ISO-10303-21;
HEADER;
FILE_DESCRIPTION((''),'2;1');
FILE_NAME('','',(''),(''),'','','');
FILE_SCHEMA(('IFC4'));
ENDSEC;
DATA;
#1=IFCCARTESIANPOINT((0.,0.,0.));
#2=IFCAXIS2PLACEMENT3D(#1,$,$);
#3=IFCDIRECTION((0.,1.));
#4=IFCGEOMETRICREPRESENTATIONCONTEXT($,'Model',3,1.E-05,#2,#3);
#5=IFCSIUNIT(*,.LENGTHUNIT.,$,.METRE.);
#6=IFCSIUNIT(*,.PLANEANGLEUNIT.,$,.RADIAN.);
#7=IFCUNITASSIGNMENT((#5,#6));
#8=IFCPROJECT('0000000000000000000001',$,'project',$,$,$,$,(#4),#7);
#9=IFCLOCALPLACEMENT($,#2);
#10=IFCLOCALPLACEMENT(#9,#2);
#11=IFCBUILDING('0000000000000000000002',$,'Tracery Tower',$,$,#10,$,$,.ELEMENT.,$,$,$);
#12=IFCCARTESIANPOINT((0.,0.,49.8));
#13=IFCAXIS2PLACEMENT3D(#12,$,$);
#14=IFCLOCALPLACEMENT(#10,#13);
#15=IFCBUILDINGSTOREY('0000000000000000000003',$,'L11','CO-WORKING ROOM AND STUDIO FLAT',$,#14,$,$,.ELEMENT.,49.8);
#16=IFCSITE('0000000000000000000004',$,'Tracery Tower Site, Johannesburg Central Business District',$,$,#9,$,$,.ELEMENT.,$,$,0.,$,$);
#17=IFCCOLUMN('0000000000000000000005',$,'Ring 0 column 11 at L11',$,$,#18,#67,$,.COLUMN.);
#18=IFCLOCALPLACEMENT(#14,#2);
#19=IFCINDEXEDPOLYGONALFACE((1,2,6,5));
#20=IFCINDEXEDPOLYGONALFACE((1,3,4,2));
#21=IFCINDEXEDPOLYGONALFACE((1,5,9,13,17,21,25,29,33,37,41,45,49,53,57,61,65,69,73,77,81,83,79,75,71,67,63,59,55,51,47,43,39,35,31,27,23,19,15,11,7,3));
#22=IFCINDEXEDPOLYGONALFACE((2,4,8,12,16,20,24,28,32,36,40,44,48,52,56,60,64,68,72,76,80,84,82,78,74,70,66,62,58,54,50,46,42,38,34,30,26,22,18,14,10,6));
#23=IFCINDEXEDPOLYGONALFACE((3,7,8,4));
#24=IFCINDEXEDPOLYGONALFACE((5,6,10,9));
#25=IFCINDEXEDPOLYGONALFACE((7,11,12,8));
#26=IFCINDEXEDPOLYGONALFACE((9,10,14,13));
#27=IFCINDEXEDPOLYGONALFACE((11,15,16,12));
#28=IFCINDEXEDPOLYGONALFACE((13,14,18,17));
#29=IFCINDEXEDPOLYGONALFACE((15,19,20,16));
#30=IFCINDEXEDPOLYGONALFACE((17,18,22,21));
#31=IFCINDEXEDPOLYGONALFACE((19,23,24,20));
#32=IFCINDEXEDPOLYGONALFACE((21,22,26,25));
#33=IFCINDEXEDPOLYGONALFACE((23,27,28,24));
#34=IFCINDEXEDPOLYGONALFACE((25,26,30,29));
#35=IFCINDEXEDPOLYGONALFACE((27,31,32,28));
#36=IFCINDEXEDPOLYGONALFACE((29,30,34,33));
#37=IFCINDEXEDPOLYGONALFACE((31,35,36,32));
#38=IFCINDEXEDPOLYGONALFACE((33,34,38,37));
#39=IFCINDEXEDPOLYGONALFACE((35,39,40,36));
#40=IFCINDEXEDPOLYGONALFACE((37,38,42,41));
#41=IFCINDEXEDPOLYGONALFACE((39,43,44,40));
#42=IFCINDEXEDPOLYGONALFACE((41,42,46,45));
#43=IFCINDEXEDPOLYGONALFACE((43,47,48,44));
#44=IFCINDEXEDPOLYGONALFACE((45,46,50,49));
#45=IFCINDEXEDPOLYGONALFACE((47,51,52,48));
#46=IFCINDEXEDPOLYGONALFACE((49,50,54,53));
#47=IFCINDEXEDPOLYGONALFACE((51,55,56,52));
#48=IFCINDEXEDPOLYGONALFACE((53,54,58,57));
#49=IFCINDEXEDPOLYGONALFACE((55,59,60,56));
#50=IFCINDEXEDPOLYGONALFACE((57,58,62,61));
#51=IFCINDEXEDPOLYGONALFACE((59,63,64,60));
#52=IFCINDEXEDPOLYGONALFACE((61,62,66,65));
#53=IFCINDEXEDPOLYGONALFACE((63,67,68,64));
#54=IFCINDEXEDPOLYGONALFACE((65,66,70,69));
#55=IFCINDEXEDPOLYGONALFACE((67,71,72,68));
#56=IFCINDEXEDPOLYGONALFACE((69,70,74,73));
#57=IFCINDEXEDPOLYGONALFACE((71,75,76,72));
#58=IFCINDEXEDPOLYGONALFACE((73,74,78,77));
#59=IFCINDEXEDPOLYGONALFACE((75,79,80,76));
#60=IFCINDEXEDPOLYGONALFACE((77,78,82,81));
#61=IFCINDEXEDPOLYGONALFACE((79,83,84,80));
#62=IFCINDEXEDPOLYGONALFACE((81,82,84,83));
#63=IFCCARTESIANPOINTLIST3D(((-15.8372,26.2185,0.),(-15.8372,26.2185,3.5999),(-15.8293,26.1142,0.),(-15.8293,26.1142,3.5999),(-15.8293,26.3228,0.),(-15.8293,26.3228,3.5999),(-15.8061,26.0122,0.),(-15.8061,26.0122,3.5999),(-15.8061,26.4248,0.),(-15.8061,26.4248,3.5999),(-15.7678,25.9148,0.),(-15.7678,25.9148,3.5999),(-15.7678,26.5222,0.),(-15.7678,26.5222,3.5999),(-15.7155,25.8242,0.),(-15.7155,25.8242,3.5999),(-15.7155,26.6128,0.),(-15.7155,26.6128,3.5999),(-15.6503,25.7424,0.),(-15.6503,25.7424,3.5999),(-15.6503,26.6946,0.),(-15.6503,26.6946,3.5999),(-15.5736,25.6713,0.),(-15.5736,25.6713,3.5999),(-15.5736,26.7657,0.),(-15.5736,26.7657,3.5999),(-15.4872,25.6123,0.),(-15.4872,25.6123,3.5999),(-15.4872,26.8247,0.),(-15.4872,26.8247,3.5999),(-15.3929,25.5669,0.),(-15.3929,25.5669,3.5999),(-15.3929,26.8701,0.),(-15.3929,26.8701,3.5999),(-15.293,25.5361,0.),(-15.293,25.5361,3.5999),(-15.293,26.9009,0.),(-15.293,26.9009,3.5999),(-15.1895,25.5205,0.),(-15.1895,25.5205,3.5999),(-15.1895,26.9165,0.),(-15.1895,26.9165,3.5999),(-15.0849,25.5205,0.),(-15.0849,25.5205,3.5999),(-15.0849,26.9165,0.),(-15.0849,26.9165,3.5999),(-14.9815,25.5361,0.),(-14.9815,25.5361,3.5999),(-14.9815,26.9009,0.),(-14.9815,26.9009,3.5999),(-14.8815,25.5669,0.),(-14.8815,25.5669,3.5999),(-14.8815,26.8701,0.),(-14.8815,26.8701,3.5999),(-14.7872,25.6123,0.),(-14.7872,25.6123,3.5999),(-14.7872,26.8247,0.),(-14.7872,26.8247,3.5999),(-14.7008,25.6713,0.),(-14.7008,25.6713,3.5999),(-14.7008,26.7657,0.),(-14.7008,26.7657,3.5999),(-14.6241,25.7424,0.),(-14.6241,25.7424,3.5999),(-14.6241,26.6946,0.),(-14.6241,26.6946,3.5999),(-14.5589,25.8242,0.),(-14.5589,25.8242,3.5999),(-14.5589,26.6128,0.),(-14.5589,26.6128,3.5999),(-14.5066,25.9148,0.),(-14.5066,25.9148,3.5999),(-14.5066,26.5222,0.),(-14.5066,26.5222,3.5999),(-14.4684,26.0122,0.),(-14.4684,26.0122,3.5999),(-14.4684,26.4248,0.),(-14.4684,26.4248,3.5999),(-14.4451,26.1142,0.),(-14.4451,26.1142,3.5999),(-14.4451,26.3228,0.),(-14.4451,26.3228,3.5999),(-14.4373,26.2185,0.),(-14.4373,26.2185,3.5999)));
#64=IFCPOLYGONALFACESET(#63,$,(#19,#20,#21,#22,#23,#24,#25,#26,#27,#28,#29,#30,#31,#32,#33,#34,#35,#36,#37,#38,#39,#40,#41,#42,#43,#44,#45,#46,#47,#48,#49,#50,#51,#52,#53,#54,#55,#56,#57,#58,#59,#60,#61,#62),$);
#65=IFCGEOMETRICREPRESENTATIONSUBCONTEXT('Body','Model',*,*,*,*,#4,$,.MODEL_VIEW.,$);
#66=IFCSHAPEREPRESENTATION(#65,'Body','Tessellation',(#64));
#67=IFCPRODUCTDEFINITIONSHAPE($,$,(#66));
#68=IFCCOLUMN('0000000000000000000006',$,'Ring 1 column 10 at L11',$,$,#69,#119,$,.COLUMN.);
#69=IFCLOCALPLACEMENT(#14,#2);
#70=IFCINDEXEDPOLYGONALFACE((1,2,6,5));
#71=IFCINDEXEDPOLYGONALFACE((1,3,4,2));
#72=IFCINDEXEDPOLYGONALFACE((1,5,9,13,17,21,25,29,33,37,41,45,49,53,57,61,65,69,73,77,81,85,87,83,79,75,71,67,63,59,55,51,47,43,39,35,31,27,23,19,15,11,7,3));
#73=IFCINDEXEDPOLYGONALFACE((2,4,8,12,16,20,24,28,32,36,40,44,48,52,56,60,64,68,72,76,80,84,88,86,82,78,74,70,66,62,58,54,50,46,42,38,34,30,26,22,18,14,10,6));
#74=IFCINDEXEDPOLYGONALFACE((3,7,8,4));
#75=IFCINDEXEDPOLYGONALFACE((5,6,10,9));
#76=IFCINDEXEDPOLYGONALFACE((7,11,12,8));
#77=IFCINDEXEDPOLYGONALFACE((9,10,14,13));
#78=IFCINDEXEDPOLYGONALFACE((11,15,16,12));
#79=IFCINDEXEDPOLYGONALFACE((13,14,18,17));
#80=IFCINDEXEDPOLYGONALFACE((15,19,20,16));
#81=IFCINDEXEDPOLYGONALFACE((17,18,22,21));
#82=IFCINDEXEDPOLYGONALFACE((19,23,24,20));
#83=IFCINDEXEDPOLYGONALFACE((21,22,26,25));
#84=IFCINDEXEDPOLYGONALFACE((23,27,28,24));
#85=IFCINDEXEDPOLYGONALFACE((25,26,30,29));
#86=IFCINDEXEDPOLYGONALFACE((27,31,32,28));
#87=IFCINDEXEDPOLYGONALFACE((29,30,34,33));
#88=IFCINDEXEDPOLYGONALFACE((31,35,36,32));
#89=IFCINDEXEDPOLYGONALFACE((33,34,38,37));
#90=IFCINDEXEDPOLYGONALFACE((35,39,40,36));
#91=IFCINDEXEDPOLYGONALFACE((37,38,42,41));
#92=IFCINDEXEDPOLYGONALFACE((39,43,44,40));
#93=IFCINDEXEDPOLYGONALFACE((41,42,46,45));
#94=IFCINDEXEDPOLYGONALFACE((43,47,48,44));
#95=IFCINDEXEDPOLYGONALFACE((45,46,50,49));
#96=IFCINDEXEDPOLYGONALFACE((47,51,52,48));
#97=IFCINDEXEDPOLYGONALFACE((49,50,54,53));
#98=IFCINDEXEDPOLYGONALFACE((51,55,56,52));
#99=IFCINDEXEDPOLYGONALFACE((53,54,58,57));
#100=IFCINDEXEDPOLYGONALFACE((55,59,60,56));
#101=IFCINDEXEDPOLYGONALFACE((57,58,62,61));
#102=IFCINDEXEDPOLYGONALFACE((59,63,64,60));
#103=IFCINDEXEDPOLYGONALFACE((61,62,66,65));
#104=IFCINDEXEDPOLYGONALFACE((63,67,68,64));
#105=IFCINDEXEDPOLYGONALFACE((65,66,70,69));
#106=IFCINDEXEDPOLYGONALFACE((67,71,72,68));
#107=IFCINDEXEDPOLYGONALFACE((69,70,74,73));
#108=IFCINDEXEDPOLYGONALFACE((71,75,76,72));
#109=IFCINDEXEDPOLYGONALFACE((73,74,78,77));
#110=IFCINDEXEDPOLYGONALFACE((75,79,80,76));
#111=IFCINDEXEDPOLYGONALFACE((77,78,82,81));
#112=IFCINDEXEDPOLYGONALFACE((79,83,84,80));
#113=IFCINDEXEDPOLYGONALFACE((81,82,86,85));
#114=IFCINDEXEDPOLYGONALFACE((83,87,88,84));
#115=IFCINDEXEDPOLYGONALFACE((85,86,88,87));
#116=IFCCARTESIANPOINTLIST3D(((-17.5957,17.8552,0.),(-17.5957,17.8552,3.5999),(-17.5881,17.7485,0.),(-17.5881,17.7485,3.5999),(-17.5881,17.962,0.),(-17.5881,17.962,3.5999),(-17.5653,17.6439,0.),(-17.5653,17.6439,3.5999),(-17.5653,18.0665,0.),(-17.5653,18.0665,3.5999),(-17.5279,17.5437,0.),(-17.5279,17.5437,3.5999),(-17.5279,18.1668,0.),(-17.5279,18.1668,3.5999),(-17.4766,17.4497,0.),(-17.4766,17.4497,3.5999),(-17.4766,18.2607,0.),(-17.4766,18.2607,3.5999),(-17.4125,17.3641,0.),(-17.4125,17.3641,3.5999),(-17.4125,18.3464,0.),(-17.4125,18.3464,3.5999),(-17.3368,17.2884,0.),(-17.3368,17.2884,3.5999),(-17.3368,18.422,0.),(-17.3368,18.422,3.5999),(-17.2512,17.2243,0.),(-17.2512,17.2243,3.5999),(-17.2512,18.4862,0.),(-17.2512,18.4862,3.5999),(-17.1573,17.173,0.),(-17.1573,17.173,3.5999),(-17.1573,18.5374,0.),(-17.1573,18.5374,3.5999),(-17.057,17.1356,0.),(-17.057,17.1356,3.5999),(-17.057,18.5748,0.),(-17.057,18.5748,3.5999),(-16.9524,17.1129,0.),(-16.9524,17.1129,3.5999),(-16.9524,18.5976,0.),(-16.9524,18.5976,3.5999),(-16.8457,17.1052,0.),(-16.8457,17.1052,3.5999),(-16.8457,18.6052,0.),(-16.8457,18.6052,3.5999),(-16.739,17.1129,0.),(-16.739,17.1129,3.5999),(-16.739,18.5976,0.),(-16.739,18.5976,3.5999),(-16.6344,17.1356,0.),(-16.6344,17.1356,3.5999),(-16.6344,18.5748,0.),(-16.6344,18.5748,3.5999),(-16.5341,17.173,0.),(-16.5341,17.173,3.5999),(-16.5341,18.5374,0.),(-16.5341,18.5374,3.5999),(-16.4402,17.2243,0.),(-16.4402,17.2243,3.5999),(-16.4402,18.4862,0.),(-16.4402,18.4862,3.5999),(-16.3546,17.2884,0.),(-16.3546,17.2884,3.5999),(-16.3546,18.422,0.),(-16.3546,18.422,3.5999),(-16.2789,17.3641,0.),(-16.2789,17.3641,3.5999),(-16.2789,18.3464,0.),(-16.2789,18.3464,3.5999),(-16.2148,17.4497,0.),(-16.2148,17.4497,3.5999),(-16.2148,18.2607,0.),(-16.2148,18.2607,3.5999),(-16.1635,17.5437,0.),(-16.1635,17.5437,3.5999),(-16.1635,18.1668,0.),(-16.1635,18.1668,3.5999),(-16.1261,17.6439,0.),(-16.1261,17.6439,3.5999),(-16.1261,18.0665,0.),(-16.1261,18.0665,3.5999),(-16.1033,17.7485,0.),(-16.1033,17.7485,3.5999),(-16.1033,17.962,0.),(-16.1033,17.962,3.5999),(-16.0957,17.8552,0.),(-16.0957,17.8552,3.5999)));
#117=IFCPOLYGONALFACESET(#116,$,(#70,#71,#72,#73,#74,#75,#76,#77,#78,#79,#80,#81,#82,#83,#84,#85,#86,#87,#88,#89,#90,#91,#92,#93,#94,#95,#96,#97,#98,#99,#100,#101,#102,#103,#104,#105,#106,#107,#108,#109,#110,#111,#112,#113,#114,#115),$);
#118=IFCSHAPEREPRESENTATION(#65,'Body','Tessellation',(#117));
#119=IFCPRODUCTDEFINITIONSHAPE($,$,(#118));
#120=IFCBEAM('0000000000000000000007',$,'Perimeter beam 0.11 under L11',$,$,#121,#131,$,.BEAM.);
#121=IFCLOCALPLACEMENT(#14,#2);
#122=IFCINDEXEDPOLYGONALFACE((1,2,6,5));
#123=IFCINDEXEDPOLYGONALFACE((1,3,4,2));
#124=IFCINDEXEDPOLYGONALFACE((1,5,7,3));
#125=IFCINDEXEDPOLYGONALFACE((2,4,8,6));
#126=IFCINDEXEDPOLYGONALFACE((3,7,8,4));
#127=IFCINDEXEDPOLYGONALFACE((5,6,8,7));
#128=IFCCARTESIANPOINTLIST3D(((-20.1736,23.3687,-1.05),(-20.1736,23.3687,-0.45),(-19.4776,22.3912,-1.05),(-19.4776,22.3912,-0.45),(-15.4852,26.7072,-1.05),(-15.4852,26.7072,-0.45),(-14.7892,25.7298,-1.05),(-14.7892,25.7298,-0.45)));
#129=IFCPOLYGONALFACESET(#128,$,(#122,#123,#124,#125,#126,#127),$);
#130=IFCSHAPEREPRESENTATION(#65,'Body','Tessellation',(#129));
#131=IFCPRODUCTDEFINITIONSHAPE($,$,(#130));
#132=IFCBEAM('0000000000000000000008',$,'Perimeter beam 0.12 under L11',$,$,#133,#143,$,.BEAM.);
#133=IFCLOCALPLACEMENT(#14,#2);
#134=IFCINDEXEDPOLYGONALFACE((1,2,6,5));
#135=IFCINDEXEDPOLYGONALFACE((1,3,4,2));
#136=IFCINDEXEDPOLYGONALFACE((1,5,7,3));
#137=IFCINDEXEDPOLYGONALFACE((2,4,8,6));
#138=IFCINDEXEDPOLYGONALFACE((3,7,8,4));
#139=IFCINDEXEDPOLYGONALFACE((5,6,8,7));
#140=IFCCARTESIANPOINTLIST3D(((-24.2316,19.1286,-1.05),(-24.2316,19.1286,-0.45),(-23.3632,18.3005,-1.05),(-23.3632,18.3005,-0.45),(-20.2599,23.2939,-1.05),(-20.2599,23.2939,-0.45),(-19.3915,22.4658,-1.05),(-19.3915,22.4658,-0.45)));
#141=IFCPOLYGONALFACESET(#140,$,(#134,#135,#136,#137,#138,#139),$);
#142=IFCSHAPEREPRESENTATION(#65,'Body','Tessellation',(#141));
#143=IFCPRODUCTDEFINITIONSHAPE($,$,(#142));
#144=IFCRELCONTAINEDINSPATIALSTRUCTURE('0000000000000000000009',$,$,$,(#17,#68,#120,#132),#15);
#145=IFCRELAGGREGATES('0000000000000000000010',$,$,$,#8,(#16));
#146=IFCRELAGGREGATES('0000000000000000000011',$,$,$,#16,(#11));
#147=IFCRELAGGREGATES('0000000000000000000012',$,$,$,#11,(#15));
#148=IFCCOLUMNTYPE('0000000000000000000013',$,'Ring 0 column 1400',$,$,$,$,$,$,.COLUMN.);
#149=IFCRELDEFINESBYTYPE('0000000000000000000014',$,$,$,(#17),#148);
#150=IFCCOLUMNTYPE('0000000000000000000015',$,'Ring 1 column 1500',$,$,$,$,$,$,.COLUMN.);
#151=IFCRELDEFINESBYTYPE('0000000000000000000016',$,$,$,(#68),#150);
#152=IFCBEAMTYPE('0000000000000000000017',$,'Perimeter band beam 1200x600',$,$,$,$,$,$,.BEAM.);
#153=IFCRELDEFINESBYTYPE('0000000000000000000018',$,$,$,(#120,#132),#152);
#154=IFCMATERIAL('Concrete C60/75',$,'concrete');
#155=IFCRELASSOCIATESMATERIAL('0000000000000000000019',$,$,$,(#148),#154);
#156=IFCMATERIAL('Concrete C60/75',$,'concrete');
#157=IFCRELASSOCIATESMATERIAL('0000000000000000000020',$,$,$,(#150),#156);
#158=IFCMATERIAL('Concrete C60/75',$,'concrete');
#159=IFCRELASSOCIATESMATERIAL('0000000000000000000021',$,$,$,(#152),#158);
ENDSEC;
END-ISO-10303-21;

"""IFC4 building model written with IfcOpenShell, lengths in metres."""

from ifc_helpers import new_model, si_unit, direction, frame, origin, origin_2d, place, context, subcontext, project, spatial, rectangle, circle, extrude, material, material_profile, profile_set, type_object, element, save


model = new_model("IFC4")

# Units and contexts
model_context = context("Model", 3, precision=1e-05, world=origin(), true_north=direction((0.0, 1.0)))
body_context = subcontext(model_context, "Body", "Model", "MODEL_VIEW")
ifc_project = project(units=[si_unit("LENGTHUNIT", "METRE"), si_unit("PLANEANGLEUNIT", "RADIAN")], contexts=[model_context])

# Site, building, storey
site_placement = place(None, origin())
site = spatial("IfcSite", under=ifc_project, at=site_placement, Name="Tracery Tower Site, Johannesburg Central Business District", CompositionType="ELEMENT", RefElevation=0.0)
building_placement = place(site_placement, origin())
building = spatial("IfcBuilding", under=site, at=building_placement, Name="Tracery Tower", CompositionType="ELEMENT")
storey_placement = place(building_placement, frame((0.0, 0.0, 49.8)))
storey = spatial("IfcBuildingStorey", under=building, at=storey_placement, Name="L11", Description="CO-WORKING ROOM AND STUDIO FLAT", CompositionType="ELEMENT", Elevation=49.8)

# Columns
ifc_material_1 = material(Name="Concrete C60/75", Category="concrete")
ifc_material_profile_1 = material_profile(ifc_material_1, circle(Radius=0.7, at=origin_2d()), Name="RC D1400")
ifc_profile_set_1 = profile_set([ifc_material_profile_1], Name="Concrete C60/75")
column_type_1 = type_object("IfcColumnType", Name="Ring 0 column 1400", PredefinedType="COLUMN", material=ifc_profile_set_1)
column_1_placement = place(storey_placement, frame((-15.1372, 26.2185, 0.0), z_axis=(0.0, 0.0, 1.0), x_axis=(1.0, 0.0, 0.0)))
element("IfcColumn", 1, at=column_1_placement, inside=storey, type_object=column_type_1, Name="Ring 0 column 11 at L11", PredefinedType="COLUMN", context=body_context, shape_type="SweptSolid", body=[
    extrude(circle(Radius=0.7, at=origin_2d()), origin(), (0.0, 0.0, 1.0), 3.5999),
])
ifc_material_2 = material(Name="Concrete C60/75", Category="concrete")
ifc_material_profile_2 = material_profile(ifc_material_2, circle(Radius=0.75, at=origin_2d()), Name="RC D1500")
ifc_profile_set_2 = profile_set([ifc_material_profile_2], Name="Concrete C60/75")
column_type_2 = type_object("IfcColumnType", Name="Ring 1 column 1500", PredefinedType="COLUMN", material=ifc_profile_set_2)
column_2_placement = place(storey_placement, frame((-16.8457, 17.8552, 0.0), z_axis=(0.0, 0.0, 1.0), x_axis=(1.0, 0.0, 0.0)))
element("IfcColumn", 2, at=column_2_placement, inside=storey, type_object=column_type_2, Name="Ring 1 column 10 at L11", PredefinedType="COLUMN", context=body_context, shape_type="SweptSolid", body=[
    extrude(circle(Radius=0.75, at=origin_2d()), origin(), (0.0, 0.0, 1.0), 3.5999),
])

# Beams
ifc_material_3 = material(Name="Concrete C60/75", Category="concrete")
ifc_material_profile_3 = material_profile(ifc_material_3, rectangle(XDim=1.2, YDim=0.6001, at=origin_2d()), Name="RC 1200x600")
ifc_profile_set_3 = profile_set([ifc_material_profile_3], Name="Concrete C60/75")
beam_type = type_object("IfcBeamType", Name="Perimeter band beam 1200x600", PredefinedType="BEAM", material=ifc_profile_set_3)
beam_1_placement = place(storey_placement, frame((-15.1372, 26.2185, -0.75), z_axis=(-0.814578, -0.580054, 0.0), x_axis=(0.580054, -0.814578, 0.0)))
element("IfcBeam", 3, at=beam_1_placement, inside=storey, type_object=beam_type, Name="Perimeter beam 0.11 under L11", PredefinedType="BEAM", context=body_context, shape_type="SweptSolid", body=[
    extrude(rectangle(XDim=1.2, YDim=0.6001, at=origin_2d()), origin(), (0.0, 0.0, 1.0), 5.7556),
])
beam_2_placement = place(storey_placement, frame((-19.8257, 22.8799, -0.75), z_axis=(-0.690087, -0.723726, 0.0), x_axis=(0.723726, -0.690087, 0.0)))
element("IfcBeam", 4, at=beam_2_placement, inside=storey, type_object=beam_type, Name="Perimeter beam 0.12 under L11", PredefinedType="BEAM", context=body_context, shape_type="SweptSolid", body=[
    extrude(rectangle(XDim=1.2, YDim=0.6001, at=origin_2d()), origin(), (0.0, 0.0, 1.0), 5.7554),
])

save(model, "model.ifc")
